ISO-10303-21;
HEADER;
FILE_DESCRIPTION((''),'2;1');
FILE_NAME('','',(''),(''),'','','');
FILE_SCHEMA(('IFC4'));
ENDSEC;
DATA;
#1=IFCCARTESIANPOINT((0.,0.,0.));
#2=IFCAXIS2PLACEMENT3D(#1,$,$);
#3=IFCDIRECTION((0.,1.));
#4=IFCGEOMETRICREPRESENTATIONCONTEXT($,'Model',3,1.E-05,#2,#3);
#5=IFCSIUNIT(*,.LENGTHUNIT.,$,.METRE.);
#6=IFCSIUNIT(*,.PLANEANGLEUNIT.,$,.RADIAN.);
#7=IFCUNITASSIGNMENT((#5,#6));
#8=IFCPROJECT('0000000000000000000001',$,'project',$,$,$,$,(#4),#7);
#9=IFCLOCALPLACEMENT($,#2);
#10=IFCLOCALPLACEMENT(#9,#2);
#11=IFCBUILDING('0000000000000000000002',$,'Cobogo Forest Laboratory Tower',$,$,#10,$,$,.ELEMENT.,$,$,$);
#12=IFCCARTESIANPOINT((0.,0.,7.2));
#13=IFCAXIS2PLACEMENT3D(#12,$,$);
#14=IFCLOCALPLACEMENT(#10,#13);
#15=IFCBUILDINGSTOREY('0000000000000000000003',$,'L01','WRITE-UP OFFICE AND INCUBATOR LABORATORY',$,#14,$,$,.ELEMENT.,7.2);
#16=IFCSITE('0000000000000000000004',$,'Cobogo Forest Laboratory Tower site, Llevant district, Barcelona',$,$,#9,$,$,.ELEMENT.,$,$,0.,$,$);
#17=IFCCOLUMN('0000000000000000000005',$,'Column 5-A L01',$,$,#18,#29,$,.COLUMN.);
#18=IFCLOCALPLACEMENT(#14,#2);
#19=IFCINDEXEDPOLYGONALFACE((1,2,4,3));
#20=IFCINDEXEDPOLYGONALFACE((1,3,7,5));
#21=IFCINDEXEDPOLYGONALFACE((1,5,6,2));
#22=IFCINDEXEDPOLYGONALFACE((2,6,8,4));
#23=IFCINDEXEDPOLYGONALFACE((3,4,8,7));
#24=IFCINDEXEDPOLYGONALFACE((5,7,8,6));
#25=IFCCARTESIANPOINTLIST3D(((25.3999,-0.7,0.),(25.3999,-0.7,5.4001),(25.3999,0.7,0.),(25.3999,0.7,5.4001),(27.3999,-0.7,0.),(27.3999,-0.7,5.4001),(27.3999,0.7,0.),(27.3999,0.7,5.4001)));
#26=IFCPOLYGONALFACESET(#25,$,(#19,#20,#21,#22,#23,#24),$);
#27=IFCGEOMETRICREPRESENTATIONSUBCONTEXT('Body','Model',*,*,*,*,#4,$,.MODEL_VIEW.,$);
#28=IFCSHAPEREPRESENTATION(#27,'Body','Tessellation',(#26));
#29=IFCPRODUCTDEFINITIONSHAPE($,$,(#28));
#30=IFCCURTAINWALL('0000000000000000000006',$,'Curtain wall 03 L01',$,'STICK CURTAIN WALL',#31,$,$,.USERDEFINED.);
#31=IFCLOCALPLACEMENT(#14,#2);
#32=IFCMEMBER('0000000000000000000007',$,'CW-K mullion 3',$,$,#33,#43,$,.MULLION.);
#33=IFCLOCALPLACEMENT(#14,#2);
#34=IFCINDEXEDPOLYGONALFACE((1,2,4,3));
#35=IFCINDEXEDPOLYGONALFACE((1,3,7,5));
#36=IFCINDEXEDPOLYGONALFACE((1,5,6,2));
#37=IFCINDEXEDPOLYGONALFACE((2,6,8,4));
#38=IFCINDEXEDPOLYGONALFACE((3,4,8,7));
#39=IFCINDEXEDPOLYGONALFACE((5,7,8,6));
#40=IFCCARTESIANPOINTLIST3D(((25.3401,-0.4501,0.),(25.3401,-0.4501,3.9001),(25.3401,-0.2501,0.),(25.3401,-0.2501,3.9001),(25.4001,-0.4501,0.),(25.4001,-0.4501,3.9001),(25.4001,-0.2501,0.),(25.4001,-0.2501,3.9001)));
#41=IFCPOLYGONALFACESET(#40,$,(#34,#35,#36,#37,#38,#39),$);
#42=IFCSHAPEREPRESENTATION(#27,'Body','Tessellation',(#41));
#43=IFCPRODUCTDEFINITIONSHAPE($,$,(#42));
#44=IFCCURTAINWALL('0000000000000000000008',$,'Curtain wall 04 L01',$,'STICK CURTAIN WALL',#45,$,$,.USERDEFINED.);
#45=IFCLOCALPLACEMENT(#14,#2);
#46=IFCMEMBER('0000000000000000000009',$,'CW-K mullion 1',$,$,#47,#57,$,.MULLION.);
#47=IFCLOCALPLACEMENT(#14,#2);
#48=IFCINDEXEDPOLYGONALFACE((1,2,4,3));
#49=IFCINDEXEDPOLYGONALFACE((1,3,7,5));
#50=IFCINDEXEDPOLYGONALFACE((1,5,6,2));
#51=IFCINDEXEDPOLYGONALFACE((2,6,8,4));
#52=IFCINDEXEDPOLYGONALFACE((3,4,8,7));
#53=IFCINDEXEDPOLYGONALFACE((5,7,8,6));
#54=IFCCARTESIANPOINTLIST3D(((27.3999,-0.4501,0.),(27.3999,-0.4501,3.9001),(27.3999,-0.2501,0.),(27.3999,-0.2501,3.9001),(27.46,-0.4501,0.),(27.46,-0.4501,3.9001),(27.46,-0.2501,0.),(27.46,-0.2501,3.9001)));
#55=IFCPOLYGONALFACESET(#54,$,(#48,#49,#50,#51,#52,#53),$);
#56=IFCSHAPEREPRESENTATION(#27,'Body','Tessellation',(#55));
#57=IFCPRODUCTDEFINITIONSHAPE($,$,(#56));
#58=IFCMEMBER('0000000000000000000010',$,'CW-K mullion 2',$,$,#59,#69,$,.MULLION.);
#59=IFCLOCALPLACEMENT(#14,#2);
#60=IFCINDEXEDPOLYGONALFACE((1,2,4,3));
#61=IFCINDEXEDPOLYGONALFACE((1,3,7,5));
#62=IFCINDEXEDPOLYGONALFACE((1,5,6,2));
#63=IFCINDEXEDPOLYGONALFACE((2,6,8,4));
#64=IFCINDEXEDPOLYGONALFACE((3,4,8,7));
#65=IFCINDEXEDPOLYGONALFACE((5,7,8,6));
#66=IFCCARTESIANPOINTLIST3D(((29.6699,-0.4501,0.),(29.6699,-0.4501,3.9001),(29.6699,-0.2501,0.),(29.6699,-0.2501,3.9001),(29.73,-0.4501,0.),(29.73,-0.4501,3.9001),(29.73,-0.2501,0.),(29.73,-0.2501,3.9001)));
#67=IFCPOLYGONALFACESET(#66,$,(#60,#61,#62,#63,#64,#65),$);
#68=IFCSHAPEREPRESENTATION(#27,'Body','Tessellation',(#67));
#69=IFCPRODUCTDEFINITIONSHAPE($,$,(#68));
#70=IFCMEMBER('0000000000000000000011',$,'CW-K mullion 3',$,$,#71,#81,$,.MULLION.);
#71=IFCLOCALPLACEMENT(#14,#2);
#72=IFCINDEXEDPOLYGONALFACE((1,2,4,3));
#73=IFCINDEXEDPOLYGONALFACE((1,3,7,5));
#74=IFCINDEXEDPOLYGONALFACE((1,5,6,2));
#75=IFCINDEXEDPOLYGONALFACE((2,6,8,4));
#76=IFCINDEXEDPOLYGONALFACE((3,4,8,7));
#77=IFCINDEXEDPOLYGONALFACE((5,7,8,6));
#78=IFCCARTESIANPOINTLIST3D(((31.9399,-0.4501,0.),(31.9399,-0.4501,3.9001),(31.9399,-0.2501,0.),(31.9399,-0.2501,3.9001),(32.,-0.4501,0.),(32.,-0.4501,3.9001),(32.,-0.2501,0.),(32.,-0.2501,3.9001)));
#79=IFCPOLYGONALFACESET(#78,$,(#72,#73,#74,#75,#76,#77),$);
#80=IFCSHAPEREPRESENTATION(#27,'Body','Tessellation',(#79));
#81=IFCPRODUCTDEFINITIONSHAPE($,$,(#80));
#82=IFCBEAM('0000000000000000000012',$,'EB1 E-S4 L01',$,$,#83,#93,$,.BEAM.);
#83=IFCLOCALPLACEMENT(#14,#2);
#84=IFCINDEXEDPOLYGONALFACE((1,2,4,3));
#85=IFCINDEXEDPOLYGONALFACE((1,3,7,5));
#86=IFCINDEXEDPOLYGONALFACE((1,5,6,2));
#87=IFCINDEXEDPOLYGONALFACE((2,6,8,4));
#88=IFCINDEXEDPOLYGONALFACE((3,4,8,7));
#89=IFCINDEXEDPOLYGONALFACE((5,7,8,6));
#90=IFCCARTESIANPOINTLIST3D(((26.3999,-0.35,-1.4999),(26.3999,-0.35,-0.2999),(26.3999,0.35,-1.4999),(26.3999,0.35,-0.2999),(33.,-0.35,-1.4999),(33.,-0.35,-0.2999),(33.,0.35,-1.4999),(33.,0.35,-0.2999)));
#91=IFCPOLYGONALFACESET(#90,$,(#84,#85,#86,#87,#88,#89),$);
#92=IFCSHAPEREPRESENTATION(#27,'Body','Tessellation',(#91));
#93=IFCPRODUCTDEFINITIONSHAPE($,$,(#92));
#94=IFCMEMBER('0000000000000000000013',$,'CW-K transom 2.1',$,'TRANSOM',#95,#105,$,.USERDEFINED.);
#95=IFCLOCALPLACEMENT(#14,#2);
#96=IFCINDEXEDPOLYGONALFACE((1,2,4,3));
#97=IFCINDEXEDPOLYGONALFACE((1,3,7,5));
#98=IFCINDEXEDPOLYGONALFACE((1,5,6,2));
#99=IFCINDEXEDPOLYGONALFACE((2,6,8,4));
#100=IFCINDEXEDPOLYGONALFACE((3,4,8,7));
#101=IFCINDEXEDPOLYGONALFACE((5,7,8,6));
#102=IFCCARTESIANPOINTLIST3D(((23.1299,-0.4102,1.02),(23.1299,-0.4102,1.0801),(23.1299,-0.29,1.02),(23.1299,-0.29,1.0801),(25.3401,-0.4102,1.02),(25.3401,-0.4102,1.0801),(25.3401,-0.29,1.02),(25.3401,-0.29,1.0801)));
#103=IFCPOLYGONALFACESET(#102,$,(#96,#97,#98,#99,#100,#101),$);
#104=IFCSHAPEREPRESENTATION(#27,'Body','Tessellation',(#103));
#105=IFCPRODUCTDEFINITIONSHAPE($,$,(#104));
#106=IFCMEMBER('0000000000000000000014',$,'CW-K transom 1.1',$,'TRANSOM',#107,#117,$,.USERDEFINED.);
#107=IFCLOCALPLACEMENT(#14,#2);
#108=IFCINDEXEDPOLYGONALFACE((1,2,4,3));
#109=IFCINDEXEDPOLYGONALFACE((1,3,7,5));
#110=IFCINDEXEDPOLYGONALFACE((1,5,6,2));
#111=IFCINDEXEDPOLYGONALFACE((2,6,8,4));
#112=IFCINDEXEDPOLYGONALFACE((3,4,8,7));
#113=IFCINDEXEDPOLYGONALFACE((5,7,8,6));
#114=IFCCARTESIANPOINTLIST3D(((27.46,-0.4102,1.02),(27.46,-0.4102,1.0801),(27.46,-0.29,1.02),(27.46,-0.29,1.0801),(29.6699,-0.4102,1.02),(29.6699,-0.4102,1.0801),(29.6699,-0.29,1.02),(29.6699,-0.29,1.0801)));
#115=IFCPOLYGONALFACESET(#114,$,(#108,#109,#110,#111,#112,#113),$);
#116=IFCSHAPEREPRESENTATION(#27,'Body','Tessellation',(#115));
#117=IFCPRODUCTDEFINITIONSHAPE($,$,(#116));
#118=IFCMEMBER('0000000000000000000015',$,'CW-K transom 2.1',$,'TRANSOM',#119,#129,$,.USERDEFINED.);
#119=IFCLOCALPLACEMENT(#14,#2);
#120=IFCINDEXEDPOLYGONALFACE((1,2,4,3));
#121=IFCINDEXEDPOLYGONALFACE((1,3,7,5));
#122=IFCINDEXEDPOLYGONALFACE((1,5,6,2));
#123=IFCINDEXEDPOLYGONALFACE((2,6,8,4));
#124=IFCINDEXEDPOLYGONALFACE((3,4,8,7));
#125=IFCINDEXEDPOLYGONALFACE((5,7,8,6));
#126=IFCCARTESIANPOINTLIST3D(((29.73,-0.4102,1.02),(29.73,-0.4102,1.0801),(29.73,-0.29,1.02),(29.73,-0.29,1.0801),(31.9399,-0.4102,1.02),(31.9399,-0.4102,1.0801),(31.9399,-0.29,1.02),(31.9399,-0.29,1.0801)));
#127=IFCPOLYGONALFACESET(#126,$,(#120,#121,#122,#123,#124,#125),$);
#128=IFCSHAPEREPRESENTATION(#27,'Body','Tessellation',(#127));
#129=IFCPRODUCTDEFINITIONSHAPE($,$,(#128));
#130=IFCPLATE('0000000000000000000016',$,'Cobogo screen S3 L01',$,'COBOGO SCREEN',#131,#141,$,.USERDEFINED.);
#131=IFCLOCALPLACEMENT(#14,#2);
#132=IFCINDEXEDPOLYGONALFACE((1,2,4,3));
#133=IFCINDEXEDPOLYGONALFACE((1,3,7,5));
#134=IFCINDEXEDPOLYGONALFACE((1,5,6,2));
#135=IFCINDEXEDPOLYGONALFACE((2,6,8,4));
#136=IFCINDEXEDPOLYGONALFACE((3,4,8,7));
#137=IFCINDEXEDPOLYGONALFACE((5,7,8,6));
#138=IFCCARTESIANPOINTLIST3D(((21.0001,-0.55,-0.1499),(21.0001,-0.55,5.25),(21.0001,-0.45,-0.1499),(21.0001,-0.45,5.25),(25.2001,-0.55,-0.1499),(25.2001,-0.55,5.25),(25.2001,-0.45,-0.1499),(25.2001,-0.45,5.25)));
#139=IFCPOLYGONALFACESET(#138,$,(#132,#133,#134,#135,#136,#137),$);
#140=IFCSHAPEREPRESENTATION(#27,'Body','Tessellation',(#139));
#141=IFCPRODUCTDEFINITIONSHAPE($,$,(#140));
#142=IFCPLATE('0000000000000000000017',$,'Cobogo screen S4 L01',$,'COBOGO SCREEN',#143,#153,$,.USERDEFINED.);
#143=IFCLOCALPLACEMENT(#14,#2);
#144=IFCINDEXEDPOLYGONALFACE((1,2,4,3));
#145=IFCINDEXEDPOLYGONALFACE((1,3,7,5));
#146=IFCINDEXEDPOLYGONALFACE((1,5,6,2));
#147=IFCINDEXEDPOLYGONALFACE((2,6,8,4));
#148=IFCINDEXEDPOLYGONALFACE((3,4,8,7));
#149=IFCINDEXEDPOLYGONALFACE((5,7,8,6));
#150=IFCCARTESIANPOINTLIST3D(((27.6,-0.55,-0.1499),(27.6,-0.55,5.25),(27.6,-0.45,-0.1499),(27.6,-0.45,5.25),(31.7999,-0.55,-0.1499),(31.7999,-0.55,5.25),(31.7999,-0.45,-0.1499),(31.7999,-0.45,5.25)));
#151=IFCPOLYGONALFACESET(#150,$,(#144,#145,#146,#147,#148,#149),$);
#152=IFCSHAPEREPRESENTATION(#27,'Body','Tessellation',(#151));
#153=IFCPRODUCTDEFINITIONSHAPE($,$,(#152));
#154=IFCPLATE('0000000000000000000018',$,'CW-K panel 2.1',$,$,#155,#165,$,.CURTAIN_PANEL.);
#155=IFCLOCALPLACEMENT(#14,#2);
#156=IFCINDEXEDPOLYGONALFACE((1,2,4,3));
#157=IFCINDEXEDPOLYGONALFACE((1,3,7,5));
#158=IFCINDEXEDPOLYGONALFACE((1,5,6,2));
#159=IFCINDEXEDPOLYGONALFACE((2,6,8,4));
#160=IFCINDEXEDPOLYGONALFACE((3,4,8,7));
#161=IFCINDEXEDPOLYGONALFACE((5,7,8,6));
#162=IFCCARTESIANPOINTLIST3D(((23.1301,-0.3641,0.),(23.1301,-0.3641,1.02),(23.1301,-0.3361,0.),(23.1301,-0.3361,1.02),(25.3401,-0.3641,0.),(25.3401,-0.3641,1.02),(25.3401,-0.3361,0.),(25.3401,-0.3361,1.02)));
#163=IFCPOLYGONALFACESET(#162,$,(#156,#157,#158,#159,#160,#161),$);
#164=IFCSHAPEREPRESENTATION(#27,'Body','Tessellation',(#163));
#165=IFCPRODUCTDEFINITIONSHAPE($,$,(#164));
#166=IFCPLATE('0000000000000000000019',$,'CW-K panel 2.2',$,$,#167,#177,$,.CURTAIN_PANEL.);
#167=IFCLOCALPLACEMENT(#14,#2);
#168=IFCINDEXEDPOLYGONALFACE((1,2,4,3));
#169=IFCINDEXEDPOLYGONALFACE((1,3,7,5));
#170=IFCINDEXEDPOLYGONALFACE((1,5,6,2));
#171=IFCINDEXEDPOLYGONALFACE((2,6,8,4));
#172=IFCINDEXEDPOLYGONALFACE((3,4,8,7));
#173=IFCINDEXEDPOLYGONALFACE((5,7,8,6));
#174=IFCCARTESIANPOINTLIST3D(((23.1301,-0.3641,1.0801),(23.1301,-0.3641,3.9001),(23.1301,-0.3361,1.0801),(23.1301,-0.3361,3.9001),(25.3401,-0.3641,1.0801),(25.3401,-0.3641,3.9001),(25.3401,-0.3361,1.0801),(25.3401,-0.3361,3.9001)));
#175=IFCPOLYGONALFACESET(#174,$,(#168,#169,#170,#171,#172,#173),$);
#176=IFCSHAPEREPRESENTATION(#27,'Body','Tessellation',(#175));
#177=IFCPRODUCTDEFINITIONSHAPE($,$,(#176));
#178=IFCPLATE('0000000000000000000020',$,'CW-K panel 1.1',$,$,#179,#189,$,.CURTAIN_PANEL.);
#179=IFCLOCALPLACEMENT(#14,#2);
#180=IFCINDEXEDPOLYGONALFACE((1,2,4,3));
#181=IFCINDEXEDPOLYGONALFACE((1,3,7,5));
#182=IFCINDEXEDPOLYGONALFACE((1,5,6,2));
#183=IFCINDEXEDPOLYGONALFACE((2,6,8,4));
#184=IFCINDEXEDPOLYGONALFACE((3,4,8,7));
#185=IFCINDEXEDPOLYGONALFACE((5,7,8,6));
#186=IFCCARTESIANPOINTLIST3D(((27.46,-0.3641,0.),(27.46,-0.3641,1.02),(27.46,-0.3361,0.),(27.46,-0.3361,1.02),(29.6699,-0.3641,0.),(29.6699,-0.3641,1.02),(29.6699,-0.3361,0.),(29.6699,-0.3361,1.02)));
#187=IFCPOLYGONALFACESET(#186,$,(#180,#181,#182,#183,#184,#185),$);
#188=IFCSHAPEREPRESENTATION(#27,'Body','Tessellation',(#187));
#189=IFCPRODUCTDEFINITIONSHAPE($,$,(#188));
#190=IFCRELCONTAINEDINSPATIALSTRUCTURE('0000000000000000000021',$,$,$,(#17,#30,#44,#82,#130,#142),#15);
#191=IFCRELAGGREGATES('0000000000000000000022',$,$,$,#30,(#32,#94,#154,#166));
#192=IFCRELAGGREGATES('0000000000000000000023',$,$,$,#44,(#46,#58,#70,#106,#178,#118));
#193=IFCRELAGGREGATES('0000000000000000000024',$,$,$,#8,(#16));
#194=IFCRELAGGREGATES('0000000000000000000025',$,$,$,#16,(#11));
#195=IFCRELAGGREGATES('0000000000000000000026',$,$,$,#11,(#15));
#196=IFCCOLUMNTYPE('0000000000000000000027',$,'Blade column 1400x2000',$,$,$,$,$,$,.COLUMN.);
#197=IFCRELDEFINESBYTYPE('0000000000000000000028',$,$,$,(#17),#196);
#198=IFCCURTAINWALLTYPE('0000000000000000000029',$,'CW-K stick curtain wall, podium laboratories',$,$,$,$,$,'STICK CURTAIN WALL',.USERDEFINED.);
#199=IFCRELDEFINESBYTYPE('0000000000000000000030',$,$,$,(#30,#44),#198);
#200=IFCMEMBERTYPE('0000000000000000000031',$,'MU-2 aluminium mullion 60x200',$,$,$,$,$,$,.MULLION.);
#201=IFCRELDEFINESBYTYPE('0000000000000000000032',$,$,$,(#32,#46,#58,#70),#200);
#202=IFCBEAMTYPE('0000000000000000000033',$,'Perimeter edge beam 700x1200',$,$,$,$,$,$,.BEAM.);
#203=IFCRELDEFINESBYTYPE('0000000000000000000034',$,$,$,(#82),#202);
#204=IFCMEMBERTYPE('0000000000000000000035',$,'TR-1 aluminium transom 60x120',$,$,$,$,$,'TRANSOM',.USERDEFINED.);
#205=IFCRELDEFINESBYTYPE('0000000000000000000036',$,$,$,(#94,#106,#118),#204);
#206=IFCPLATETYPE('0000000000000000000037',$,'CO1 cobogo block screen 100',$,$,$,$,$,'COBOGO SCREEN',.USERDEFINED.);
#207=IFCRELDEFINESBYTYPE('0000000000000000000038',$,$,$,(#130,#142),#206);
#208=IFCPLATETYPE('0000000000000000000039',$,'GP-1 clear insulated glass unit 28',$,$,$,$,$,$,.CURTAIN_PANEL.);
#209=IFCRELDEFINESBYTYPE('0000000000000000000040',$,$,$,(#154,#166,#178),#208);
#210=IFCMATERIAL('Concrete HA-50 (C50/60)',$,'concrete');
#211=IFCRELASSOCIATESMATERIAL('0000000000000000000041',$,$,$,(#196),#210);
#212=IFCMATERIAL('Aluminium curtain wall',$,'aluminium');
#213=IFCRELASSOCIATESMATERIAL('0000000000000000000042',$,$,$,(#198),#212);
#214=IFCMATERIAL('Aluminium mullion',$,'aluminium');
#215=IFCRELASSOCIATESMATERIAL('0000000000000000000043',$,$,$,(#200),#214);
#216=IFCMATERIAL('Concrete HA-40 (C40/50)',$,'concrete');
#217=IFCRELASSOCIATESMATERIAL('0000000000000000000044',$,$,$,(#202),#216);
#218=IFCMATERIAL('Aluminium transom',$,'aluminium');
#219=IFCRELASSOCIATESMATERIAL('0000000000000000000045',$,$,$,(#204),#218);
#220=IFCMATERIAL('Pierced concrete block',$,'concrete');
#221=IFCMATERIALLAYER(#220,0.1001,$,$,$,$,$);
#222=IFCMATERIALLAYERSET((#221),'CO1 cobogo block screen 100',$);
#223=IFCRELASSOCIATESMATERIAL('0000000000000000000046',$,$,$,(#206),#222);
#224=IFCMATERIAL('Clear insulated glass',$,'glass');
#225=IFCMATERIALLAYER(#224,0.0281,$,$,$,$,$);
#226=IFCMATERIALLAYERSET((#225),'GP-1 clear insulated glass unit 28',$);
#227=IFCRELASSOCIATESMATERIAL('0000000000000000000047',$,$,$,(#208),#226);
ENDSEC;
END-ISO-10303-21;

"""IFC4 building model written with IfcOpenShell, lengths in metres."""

from ifc_helpers import new_model, si_unit, direction, frame, origin, origin_2d, place, context, subcontext, project, spatial, rectangle, extrude, material, layer, layer_set, material_profile, profile_set, type_object, element, aggregate, save


model = new_model("IFC4")

# Units and contexts
model_context = context("Model", 3, precision=1e-05, world=origin(), true_north=direction((0.0, 1.0)))
body_context = subcontext(model_context, "Body", "Model", "MODEL_VIEW")
ifc_project = project(units=[si_unit("LENGTHUNIT", "METRE"), si_unit("PLANEANGLEUNIT", "RADIAN")], contexts=[model_context])

# Site, building, storey
site_placement = place(None, origin())
site = spatial("IfcSite", under=ifc_project, at=site_placement, Name="Cobogo Forest Laboratory Tower site, Llevant district, Barcelona", CompositionType="ELEMENT", RefElevation=0.0)
building_placement = place(site_placement, origin())
building = spatial("IfcBuilding", under=site, at=building_placement, Name="Cobogo Forest Laboratory Tower", CompositionType="ELEMENT")
storey_placement = place(building_placement, frame((0.0, 0.0, 7.2)))
storey = spatial("IfcBuildingStorey", under=building, at=storey_placement, Name="L01", Description="WRITE-UP OFFICE AND INCUBATOR LABORATORY", CompositionType="ELEMENT", Elevation=7.2)

# Column
ifc_material_1 = material(Name="Concrete HA-50 (C50/60)", Category="concrete")
ifc_material_profile_1 = material_profile(ifc_material_1, rectangle(XDim=2.0, YDim=1.3999, at=origin_2d()), Name="RC 1400x2000")
ifc_profile_set_1 = profile_set([ifc_material_profile_1], Name="Concrete HA-50 (C50/60)")
column_type = type_object("IfcColumnType", Name="Blade column 1400x2000", PredefinedType="COLUMN", material=ifc_profile_set_1)
column_placement = place(storey_placement, frame((26.3999, 0.0, 0.0), z_axis=(0.0, 0.0, 1.0), x_axis=(1.0, 0.0, 0.0)))
element("IfcColumn", 1, at=column_placement, inside=storey, type_object=column_type, Name="Column 5-A L01", PredefinedType="COLUMN", context=body_context, shape_type="SweptSolid", body=[
    extrude(rectangle(XDim=2.0, YDim=1.3999, at=origin_2d()), origin(), (0.0, 0.0, 1.0), 5.4001),
])

# Curtain wall, member
ifc_material_2 = material(Name="Aluminium curtain wall", Category="aluminium")
curtain_wall_type = type_object("IfcCurtainWallType", Name="CW-K stick curtain wall, podium laboratories", ElementType="STICK CURTAIN WALL", PredefinedType="USERDEFINED", material=ifc_material_2)
curtain_wall_1_placement = place(storey_placement, origin())
curtain_wall_1 = element("IfcCurtainWall", 2, at=curtain_wall_1_placement, inside=storey, type_object=curtain_wall_type, Name="Curtain wall 03 L01", ObjectType="STICK CURTAIN WALL", PredefinedType="USERDEFINED")
ifc_material_3 = material(Name="Aluminium mullion", Category="aluminium")
ifc_material_profile_2 = material_profile(ifc_material_3, rectangle(XDim=0.0601, YDim=0.2, at=origin_2d()), Name="AL 60x200")
ifc_profile_set_2 = profile_set([ifc_material_profile_2], Name="Aluminium mullion")
member_type_1 = type_object("IfcMemberType", Name="MU-2 aluminium mullion 60x200", PredefinedType="MULLION", material=ifc_profile_set_2)
member_1_placement = place(storey_placement, frame((25.3701, -0.3501, 0.0), z_axis=(0.0, 0.0, 1.0), x_axis=(1.0, 0.0, 0.0)))
member_1 = element("IfcMember", 3, at=member_1_placement, type_object=member_type_1, Name="CW-K mullion 3", PredefinedType="MULLION", context=body_context, shape_type="SweptSolid", body=[
    extrude(rectangle(XDim=0.0601, YDim=0.2, at=origin_2d()), origin(), (0.0, 0.0, 1.0), 3.9001),
])

# Curtain wall, members
curtain_wall_2_placement = place(storey_placement, origin())
curtain_wall_2 = element("IfcCurtainWall", 4, at=curtain_wall_2_placement, inside=storey, type_object=curtain_wall_type, Name="Curtain wall 04 L01", ObjectType="STICK CURTAIN WALL", PredefinedType="USERDEFINED")
member_2_placement = place(storey_placement, frame((27.4299, -0.3501, 0.0), z_axis=(0.0, 0.0, 1.0), x_axis=(1.0, 0.0, 0.0)))
member_2 = element("IfcMember", 5, at=member_2_placement, type_object=member_type_1, Name="CW-K mullion 1", PredefinedType="MULLION", context=body_context, shape_type="SweptSolid", body=[
    extrude(rectangle(XDim=0.0601, YDim=0.2, at=origin_2d()), origin(), (0.0, 0.0, 1.0), 3.9001),
])
member_3_placement = place(storey_placement, frame((29.7, -0.3501, 0.0), z_axis=(0.0, 0.0, 1.0), x_axis=(1.0, 0.0, 0.0)))
member_3 = element("IfcMember", 6, at=member_3_placement, type_object=member_type_1, Name="CW-K mullion 2", PredefinedType="MULLION", context=body_context, shape_type="SweptSolid", body=[
    extrude(rectangle(XDim=0.0601, YDim=0.2, at=origin_2d()), origin(), (0.0, 0.0, 1.0), 3.9001),
])
member_4_placement = place(storey_placement, frame((31.97, -0.3501, 0.0), z_axis=(0.0, 0.0, 1.0), x_axis=(1.0, 0.0, 0.0)))
member_4 = element("IfcMember", 7, at=member_4_placement, type_object=member_type_1, Name="CW-K mullion 3", PredefinedType="MULLION", context=body_context, shape_type="SweptSolid", body=[
    extrude(rectangle(XDim=0.0601, YDim=0.2, at=origin_2d()), origin(), (0.0, 0.0, 1.0), 3.9001),
])

# Beam
ifc_material_4 = material(Name="Concrete HA-40 (C40/50)", Category="concrete")
ifc_material_profile_3 = material_profile(ifc_material_4, rectangle(XDim=0.7, YDim=1.2, at=origin_2d()), Name="RC 700x1200")
ifc_profile_set_3 = profile_set([ifc_material_profile_3], Name="Concrete HA-40 (C40/50)")
beam_type = type_object("IfcBeamType", Name="Perimeter edge beam 700x1200", PredefinedType="BEAM", material=ifc_profile_set_3)
beam_placement = place(storey_placement, frame((26.3999, 0.0, -0.8999), z_axis=(1.0, 0.0, 0.0), x_axis=(0.0, 1.0, 0.0)))
element("IfcBeam", 8, at=beam_placement, inside=storey, type_object=beam_type, Name="EB1 E-S4 L01", PredefinedType="BEAM", context=body_context, shape_type="SweptSolid", body=[
    extrude(rectangle(XDim=0.7, YDim=1.2, at=origin_2d()), origin(), (0.0, 0.0, 1.0), 6.6001),
])

# Members
ifc_material_5 = material(Name="Aluminium transom", Category="aluminium")
ifc_material_profile_4 = material_profile(ifc_material_5, rectangle(XDim=0.1201, YDim=0.0601, at=origin_2d()), Name="AL 60x120")
ifc_profile_set_4 = profile_set([ifc_material_profile_4], Name="Aluminium transom")
member_type_2 = type_object("IfcMemberType", Name="TR-1 aluminium transom 60x120", ElementType="TRANSOM", PredefinedType="USERDEFINED", material=ifc_profile_set_4)
member_5_placement = place(storey_placement, frame((23.1299, -0.3501, 1.05), z_axis=(1.0, 0.0, 0.0), x_axis=(0.0, 1.0, 0.0)))
member_5 = element("IfcMember", 9, at=member_5_placement, type_object=member_type_2, Name="CW-K transom 2.1", ObjectType="TRANSOM", PredefinedType="USERDEFINED", context=body_context, shape_type="SweptSolid", body=[
    extrude(rectangle(XDim=0.1201, YDim=0.0601, at=origin_2d()), origin(), (0.0, 0.0, 1.0), 2.2102),
])
member_6_placement = place(storey_placement, frame((27.46, -0.3501, 1.05), z_axis=(1.0, 0.0, 0.0), x_axis=(0.0, 1.0, 0.0)))
member_6 = element("IfcMember", 10, at=member_6_placement, type_object=member_type_2, Name="CW-K transom 1.1", ObjectType="TRANSOM", PredefinedType="USERDEFINED", context=body_context, shape_type="SweptSolid", body=[
    extrude(rectangle(XDim=0.1201, YDim=0.0601, at=origin_2d()), origin(), (0.0, 0.0, 1.0), 2.21),
])
member_7_placement = place(storey_placement, frame((29.73, -0.3501, 1.05), z_axis=(1.0, 0.0, 0.0), x_axis=(0.0, 1.0, 0.0)))
member_7 = element("IfcMember", 11, at=member_7_placement, type_object=member_type_2, Name="CW-K transom 2.1", ObjectType="TRANSOM", PredefinedType="USERDEFINED", context=body_context, shape_type="SweptSolid", body=[
    extrude(rectangle(XDim=0.1201, YDim=0.0601, at=origin_2d()), origin(), (0.0, 0.0, 1.0), 2.21),
])

# Plates
ifc_material_6 = material(Name="Pierced concrete block", Category="concrete")
ifc_layer_1 = layer(ifc_material_6, 0.1001)
ifc_layer_set_1 = layer_set([ifc_layer_1], Name="CO1 cobogo block screen 100")
plate_type_1 = type_object("IfcPlateType", Name="CO1 cobogo block screen 100", ElementType="COBOGO SCREEN", PredefinedType="USERDEFINED", material=ifc_layer_set_1)
for number, where, z_axis, x_axis, name in (
    (12, (23.1001, -0.5, -0.1499), (0.0, 0.0, 1.0), (1.0, 0.0, 0.0), "Cobogo screen S3 L01"),
    (13, (29.7, -0.5, -0.1499), (0.0, 0.0, 1.0), (1.0, 0.0, 0.0), "Cobogo screen S4 L01"),
):
    element("IfcPlate", number, at=place(storey_placement, frame(where, z_axis=z_axis, x_axis=x_axis)), inside=storey, type_object=plate_type_1, Name=name, ObjectType="COBOGO SCREEN", PredefinedType="USERDEFINED", context=body_context, shape_type="SweptSolid", body=[
        extrude(rectangle(XDim=4.2, YDim=0.1001, at=origin_2d()), origin(), (0.0, 0.0, 1.0), 5.3999),
    ])

# Plates
ifc_material_7 = material(Name="Clear insulated glass", Category="glass")
ifc_layer_2 = layer(ifc_material_7, 0.0281)
ifc_layer_set_2 = layer_set([ifc_layer_2], Name="GP-1 clear insulated glass unit 28")
plate_type_2 = type_object("IfcPlateType", Name="GP-1 clear insulated glass unit 28", PredefinedType="CURTAIN_PANEL", material=ifc_layer_set_2)
plate_1_placement = place(storey_placement, frame((24.2351, -0.3501, 0.0), z_axis=(0.0, 0.0, 1.0), x_axis=(1.0, 0.0, 0.0)))
plate_1 = element("IfcPlate", 14, at=plate_1_placement, type_object=plate_type_2, Name="CW-K panel 2.1", PredefinedType="CURTAIN_PANEL", context=body_context, shape_type="SweptSolid", body=[
    extrude(rectangle(XDim=2.21, YDim=0.0281, at=origin_2d()), origin(), (0.0, 0.0, 1.0), 1.02),
])
plate_2_placement = place(storey_placement, frame((24.2351, -0.3501, 1.0801), z_axis=(0.0, 0.0, 1.0), x_axis=(1.0, 0.0, 0.0)))
plate_2 = element("IfcPlate", 15, at=plate_2_placement, type_object=plate_type_2, Name="CW-K panel 2.2", PredefinedType="CURTAIN_PANEL", context=body_context, shape_type="SweptSolid", body=[
    extrude(rectangle(XDim=2.21, YDim=0.0281, at=origin_2d()), origin(), (0.0, 0.0, 1.0), 2.8201),
])
aggregate(curtain_wall_1, [member_1, member_5, plate_1, plate_2])
plate_3_placement = place(storey_placement, frame((28.5649, -0.3501, 0.0), z_axis=(0.0, 0.0, 1.0), x_axis=(1.0, 0.0, 0.0)))
plate_3 = element("IfcPlate", 16, at=plate_3_placement, type_object=plate_type_2, Name="CW-K panel 1.1", PredefinedType="CURTAIN_PANEL", context=body_context, shape_type="SweptSolid", body=[
    extrude(rectangle(XDim=2.21, YDim=0.0281, at=origin_2d()), origin(), (0.0, 0.0, 1.0), 1.02),
])
aggregate(curtain_wall_2, [member_2, member_3, member_4, member_6, plate_3, member_7])

save(model, "model.ifc")
